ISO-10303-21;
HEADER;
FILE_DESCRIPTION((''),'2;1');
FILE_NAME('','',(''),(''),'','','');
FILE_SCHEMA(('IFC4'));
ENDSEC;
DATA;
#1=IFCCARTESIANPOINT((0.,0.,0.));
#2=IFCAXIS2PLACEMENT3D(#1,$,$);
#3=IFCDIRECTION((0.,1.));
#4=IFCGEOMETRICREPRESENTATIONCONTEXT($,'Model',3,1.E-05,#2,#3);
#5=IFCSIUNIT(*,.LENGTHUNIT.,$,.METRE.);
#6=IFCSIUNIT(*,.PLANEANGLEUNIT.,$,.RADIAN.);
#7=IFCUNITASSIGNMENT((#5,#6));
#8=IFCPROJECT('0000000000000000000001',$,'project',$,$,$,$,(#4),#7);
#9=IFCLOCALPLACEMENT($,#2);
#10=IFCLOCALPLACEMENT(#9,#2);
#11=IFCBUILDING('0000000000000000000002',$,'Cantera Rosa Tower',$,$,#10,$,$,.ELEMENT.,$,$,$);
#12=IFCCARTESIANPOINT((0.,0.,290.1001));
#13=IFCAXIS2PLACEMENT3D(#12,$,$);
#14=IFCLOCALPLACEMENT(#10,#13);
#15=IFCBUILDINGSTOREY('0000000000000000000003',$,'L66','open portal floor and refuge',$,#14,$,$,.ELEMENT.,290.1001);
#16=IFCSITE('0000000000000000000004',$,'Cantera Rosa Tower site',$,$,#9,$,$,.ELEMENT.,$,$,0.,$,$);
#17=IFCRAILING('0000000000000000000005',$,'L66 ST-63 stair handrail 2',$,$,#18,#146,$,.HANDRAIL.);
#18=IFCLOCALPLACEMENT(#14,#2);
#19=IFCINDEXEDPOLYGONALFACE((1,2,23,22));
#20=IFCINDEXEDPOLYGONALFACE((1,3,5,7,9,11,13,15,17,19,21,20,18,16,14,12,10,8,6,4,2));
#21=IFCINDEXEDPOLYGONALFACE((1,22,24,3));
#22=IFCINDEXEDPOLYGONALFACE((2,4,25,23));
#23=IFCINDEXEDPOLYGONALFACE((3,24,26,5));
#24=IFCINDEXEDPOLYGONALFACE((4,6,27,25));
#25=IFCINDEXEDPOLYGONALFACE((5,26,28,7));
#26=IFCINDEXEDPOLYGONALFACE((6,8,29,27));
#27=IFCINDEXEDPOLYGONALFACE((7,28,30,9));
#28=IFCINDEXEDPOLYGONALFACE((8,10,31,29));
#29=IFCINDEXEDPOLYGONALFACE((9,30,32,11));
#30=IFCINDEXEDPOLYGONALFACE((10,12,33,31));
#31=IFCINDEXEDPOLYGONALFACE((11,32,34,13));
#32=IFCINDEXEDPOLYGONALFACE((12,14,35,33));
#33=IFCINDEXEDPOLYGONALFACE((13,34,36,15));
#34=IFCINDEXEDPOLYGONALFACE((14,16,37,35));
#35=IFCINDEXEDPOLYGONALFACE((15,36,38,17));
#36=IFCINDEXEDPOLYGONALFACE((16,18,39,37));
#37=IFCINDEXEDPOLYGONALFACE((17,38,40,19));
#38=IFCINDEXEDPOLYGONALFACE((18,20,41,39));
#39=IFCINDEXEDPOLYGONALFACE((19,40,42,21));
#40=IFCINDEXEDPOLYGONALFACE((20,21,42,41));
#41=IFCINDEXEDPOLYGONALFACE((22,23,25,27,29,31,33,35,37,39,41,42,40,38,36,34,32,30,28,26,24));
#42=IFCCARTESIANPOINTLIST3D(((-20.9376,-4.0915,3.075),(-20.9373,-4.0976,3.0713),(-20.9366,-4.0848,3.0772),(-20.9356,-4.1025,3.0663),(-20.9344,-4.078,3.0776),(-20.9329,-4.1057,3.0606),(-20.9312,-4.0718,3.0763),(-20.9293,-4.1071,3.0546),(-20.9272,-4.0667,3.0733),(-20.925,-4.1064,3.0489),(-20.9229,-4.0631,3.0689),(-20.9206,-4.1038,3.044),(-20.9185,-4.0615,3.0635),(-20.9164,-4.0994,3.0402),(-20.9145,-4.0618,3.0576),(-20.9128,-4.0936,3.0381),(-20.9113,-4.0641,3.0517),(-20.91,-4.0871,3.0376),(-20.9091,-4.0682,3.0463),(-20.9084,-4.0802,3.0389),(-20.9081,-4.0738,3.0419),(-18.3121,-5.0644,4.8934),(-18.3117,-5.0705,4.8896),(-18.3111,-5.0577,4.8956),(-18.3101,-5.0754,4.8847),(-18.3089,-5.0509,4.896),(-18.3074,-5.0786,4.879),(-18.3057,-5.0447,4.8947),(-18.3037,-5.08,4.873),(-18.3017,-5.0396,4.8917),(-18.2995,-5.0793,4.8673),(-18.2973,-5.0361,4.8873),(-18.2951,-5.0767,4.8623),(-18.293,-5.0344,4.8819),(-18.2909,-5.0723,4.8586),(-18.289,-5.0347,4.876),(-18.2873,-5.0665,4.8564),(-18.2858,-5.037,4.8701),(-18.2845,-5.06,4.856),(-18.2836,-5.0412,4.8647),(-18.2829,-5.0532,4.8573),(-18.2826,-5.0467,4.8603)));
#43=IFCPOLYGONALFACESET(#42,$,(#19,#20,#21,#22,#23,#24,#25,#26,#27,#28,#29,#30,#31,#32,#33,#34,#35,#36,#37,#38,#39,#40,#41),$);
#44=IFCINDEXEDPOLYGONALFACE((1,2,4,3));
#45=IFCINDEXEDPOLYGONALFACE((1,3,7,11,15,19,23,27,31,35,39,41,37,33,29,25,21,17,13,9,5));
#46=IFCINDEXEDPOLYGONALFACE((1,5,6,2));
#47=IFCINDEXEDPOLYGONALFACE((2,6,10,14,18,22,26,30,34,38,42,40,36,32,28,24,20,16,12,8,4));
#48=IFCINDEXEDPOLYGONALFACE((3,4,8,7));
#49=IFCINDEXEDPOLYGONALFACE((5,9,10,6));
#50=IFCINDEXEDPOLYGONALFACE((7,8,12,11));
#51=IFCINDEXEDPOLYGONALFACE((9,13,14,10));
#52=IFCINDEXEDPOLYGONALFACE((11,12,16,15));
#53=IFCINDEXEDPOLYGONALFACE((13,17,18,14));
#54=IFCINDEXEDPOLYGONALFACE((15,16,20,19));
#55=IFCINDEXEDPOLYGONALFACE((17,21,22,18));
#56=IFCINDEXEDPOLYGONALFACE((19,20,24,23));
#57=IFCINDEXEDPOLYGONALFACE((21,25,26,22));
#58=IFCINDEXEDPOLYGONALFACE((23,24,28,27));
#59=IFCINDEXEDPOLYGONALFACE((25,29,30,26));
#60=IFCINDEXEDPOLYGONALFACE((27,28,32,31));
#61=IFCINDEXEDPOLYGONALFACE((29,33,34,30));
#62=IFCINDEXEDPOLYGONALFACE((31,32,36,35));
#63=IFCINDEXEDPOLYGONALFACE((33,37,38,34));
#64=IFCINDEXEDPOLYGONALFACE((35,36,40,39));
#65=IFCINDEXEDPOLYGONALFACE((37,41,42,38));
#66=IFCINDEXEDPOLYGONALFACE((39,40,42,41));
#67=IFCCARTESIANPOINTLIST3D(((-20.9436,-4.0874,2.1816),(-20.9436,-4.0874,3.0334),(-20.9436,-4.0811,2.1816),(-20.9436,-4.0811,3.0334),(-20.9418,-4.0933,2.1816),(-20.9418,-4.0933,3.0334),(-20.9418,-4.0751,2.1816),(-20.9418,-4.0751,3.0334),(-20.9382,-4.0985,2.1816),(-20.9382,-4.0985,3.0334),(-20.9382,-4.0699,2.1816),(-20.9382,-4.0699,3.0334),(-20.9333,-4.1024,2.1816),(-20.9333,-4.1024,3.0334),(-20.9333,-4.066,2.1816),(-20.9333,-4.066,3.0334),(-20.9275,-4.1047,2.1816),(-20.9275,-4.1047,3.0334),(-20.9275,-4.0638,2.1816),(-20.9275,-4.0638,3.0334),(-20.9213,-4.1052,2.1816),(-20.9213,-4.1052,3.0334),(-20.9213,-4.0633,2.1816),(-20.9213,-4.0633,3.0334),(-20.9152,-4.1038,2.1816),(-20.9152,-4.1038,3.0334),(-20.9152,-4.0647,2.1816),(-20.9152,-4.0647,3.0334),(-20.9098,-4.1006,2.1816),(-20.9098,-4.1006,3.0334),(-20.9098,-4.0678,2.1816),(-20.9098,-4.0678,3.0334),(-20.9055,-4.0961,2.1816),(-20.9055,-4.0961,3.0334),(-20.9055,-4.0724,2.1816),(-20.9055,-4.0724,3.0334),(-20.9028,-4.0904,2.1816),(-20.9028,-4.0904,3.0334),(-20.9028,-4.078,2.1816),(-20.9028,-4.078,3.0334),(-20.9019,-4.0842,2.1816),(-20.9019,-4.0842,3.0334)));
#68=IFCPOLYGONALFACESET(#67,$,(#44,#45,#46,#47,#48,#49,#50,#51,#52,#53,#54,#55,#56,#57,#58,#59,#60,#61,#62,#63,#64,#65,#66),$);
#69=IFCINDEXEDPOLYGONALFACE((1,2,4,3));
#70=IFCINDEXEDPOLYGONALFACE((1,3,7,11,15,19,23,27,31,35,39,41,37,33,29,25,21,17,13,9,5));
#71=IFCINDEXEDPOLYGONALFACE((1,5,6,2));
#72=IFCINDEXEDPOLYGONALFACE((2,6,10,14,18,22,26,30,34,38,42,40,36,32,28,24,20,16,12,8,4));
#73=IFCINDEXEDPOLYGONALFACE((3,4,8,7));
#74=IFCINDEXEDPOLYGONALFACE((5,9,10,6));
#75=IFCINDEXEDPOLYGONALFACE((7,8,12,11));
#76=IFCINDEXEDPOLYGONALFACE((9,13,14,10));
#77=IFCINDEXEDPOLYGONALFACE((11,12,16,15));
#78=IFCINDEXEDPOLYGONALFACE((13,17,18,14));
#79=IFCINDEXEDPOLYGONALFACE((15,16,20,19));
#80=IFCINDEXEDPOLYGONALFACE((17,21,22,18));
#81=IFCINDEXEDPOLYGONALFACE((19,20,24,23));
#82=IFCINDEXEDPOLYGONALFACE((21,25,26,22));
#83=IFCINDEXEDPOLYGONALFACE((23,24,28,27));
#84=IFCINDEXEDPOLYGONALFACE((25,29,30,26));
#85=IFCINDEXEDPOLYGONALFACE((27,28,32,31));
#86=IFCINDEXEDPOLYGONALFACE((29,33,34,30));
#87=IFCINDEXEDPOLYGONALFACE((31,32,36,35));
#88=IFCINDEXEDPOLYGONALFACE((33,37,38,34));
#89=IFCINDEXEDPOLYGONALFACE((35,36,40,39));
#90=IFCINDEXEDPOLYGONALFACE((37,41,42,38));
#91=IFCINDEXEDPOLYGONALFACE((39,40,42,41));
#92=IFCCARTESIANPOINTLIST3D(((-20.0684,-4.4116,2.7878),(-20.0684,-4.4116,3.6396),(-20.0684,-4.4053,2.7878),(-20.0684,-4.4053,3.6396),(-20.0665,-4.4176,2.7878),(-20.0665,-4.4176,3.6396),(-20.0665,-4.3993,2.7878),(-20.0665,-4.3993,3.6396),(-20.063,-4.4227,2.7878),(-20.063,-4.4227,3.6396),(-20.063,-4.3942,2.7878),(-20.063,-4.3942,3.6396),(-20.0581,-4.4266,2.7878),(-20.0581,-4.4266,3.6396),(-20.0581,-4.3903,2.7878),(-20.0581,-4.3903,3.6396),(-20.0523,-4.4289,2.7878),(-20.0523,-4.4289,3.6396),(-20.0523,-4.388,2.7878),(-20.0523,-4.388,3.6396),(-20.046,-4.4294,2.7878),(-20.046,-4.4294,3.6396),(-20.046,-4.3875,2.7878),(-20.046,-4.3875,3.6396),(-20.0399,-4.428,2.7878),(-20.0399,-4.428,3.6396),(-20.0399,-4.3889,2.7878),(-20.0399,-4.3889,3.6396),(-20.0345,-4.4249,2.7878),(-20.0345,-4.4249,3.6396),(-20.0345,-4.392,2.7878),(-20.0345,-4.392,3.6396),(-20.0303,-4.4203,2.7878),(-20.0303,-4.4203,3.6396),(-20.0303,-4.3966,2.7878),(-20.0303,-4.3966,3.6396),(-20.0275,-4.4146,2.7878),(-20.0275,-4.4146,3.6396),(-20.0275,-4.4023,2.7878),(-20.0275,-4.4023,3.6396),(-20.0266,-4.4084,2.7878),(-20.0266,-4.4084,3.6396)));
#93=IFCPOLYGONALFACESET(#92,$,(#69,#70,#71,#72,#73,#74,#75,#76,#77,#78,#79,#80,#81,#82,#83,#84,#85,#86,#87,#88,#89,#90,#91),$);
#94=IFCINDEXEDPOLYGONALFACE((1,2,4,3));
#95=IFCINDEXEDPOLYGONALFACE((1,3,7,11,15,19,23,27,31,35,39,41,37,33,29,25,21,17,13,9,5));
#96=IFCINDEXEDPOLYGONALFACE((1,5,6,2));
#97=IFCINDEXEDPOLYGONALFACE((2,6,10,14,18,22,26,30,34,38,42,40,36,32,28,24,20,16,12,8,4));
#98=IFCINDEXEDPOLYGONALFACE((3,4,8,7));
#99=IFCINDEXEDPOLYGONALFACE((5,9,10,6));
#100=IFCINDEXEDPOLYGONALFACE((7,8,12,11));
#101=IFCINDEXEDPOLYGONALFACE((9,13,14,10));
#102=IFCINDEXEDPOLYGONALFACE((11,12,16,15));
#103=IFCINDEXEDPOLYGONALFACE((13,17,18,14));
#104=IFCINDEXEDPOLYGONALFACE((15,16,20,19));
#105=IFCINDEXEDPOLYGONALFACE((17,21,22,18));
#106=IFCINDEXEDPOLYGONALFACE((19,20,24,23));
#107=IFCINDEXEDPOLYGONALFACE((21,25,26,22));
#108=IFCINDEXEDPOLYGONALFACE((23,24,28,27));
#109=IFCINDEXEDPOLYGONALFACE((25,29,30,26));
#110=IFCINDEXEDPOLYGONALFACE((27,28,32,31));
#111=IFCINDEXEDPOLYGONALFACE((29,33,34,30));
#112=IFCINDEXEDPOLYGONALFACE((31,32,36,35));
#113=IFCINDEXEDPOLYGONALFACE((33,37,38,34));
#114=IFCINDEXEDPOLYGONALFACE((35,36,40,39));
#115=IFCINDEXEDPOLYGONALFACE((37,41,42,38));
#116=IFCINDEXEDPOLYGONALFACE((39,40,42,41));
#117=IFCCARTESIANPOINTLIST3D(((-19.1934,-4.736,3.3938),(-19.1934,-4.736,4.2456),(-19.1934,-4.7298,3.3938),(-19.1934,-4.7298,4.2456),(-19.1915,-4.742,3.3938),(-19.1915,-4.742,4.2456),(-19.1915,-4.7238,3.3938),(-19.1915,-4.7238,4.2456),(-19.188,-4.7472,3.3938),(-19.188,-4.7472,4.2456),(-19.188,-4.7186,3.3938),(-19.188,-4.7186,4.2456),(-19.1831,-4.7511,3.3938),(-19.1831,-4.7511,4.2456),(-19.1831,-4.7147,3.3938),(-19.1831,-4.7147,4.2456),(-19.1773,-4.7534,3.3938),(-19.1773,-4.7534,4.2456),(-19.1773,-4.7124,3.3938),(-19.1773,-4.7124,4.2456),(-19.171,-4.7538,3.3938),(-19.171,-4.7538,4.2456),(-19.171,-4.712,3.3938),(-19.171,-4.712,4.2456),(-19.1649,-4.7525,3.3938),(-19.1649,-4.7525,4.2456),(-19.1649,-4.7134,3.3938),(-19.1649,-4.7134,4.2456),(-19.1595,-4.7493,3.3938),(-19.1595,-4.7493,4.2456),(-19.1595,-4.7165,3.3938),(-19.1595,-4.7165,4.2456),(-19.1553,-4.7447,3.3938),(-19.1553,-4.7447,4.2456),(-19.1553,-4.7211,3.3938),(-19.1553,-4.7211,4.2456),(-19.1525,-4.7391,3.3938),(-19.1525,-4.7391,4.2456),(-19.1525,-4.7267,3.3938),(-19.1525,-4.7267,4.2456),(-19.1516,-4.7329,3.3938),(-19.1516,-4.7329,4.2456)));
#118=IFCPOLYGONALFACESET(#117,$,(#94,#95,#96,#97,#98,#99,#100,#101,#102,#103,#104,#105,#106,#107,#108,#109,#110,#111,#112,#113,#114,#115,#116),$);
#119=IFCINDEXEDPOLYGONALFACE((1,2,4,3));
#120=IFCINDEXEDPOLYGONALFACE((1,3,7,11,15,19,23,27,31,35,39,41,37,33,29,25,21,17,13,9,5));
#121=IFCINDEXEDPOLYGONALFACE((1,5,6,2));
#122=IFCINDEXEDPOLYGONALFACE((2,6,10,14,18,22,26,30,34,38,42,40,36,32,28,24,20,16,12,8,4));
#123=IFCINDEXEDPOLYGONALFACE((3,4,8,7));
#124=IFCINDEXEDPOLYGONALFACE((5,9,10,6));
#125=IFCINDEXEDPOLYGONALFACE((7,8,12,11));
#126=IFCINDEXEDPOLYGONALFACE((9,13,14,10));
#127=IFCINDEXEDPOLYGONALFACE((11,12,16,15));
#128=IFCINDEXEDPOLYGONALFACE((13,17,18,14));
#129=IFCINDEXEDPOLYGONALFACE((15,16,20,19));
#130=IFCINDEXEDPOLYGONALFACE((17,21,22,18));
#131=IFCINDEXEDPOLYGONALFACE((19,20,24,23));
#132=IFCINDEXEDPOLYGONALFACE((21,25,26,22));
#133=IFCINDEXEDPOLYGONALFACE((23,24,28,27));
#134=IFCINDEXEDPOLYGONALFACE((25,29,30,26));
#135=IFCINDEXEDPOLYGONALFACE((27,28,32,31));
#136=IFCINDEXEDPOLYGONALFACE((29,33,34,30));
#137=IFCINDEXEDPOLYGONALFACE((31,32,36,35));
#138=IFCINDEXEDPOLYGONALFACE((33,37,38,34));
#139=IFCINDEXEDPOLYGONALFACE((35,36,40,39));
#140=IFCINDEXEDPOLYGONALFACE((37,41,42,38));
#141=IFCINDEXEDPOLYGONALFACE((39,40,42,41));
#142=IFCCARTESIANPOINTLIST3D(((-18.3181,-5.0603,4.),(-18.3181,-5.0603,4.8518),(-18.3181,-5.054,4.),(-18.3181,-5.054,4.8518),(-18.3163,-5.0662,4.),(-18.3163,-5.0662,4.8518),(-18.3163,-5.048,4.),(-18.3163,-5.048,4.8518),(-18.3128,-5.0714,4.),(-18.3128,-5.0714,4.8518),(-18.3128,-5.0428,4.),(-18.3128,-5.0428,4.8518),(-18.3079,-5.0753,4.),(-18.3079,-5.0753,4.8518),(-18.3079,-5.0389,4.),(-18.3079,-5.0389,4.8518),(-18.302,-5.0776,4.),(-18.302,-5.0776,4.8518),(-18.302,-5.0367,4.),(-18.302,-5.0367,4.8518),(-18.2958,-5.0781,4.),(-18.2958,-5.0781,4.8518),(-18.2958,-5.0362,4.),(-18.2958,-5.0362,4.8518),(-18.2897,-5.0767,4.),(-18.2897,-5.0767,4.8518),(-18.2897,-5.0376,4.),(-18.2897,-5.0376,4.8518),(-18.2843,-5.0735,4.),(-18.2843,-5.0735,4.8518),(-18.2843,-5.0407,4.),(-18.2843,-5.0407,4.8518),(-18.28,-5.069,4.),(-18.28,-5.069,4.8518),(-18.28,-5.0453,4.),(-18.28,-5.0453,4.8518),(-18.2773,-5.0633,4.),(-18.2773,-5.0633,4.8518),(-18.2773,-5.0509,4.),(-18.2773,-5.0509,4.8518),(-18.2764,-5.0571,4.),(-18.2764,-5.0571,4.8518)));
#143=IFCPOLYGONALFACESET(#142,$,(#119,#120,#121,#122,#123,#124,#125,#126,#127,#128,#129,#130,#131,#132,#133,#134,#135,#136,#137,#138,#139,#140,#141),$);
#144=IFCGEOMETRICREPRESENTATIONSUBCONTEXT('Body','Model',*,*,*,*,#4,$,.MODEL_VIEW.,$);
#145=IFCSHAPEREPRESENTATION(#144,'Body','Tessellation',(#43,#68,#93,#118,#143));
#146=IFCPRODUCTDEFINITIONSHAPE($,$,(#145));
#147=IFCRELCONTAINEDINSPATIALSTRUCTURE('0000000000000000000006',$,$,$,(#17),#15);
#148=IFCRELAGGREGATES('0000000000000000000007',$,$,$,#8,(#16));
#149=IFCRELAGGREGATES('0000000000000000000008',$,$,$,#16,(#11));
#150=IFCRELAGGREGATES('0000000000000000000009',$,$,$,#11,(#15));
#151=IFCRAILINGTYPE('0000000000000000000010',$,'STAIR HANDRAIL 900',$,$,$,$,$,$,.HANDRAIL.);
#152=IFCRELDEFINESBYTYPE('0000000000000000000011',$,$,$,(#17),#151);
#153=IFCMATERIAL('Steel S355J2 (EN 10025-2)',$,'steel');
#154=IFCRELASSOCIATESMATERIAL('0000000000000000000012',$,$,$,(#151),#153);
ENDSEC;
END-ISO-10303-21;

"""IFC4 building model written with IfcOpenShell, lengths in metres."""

from ifc_helpers import new_model, si_unit, direction, frame, origin, origin_2d, place, context, subcontext, project, spatial, circle, extrude, material, type_object, element, save


model = new_model("IFC4")

# Units and contexts
model_context = context("Model", 3, precision=1e-05, world=origin(), true_north=direction((0.0, 1.0)))
body_context = subcontext(model_context, "Body", "Model", "MODEL_VIEW")
ifc_project = project(units=[si_unit("LENGTHUNIT", "METRE"), si_unit("PLANEANGLEUNIT", "RADIAN")], contexts=[model_context])

# Site, building, storey
site_placement = place(None, origin())
site = spatial("IfcSite", under=ifc_project, at=site_placement, Name="Cantera Rosa Tower site", CompositionType="ELEMENT", RefElevation=0.0)
building_placement = place(site_placement, origin())
building = spatial("IfcBuilding", under=site, at=building_placement, Name="Cantera Rosa Tower", CompositionType="ELEMENT")
storey_placement = place(building_placement, frame((0.0, 0.0, 290.1001)))
storey = spatial("IfcBuildingStorey", under=building, at=storey_placement, Name="L66", Description="open portal floor and refuge", CompositionType="ELEMENT", Elevation=290.1001)

# Railing
ifc_material_1 = material(Name="Steel S355J2 (EN 10025-2)", Category="steel")
railing_type_1 = type_object("IfcRailingType", Name="STAIR HANDRAIL 900", PredefinedType="HANDRAIL", material=ifc_material_1)
for number, where, name in (
    (1, (-20.9229, -4.0842, 2.1816), "L66 ST-63 stair handrail 2"),
):
    element("IfcRailing", number, at=place(storey_placement, frame(where)), inside=storey, type_object=railing_type_1, Name=name, PredefinedType="HANDRAIL", context=body_context, shape_type="SweptSolid", body=[
        extrude(circle(Radius=0.0239, at=origin_2d()), frame((0.0, 0.0, 0.876), z_axis=(0.786407, -0.291411, 0.54465), x_axis=(0.347471, 0.937691, 0.0)), (0.0, 0.0, 1.0), 3.3386),
        extrude(circle(Radius=0.021, at=origin_2d()), origin(), (0.0, 0.0, 1.0), 0.8518),
        extrude(circle(Radius=0.021, at=origin_2d()), frame((0.8752, -0.3242, 0.6062)), (0.0, 0.0, 1.0), 0.8518),
        extrude(circle(Radius=0.021, at=origin_2d()), frame((1.7502, -0.6487, 1.2122)), (0.0, 0.0, 1.0), 0.8518),
        extrude(circle(Radius=0.021, at=origin_2d()), frame((2.6255, -0.9729, 1.8184)), (0.0, 0.0, 1.0), 0.8518),
    ])

save(model, "model.ifc")
